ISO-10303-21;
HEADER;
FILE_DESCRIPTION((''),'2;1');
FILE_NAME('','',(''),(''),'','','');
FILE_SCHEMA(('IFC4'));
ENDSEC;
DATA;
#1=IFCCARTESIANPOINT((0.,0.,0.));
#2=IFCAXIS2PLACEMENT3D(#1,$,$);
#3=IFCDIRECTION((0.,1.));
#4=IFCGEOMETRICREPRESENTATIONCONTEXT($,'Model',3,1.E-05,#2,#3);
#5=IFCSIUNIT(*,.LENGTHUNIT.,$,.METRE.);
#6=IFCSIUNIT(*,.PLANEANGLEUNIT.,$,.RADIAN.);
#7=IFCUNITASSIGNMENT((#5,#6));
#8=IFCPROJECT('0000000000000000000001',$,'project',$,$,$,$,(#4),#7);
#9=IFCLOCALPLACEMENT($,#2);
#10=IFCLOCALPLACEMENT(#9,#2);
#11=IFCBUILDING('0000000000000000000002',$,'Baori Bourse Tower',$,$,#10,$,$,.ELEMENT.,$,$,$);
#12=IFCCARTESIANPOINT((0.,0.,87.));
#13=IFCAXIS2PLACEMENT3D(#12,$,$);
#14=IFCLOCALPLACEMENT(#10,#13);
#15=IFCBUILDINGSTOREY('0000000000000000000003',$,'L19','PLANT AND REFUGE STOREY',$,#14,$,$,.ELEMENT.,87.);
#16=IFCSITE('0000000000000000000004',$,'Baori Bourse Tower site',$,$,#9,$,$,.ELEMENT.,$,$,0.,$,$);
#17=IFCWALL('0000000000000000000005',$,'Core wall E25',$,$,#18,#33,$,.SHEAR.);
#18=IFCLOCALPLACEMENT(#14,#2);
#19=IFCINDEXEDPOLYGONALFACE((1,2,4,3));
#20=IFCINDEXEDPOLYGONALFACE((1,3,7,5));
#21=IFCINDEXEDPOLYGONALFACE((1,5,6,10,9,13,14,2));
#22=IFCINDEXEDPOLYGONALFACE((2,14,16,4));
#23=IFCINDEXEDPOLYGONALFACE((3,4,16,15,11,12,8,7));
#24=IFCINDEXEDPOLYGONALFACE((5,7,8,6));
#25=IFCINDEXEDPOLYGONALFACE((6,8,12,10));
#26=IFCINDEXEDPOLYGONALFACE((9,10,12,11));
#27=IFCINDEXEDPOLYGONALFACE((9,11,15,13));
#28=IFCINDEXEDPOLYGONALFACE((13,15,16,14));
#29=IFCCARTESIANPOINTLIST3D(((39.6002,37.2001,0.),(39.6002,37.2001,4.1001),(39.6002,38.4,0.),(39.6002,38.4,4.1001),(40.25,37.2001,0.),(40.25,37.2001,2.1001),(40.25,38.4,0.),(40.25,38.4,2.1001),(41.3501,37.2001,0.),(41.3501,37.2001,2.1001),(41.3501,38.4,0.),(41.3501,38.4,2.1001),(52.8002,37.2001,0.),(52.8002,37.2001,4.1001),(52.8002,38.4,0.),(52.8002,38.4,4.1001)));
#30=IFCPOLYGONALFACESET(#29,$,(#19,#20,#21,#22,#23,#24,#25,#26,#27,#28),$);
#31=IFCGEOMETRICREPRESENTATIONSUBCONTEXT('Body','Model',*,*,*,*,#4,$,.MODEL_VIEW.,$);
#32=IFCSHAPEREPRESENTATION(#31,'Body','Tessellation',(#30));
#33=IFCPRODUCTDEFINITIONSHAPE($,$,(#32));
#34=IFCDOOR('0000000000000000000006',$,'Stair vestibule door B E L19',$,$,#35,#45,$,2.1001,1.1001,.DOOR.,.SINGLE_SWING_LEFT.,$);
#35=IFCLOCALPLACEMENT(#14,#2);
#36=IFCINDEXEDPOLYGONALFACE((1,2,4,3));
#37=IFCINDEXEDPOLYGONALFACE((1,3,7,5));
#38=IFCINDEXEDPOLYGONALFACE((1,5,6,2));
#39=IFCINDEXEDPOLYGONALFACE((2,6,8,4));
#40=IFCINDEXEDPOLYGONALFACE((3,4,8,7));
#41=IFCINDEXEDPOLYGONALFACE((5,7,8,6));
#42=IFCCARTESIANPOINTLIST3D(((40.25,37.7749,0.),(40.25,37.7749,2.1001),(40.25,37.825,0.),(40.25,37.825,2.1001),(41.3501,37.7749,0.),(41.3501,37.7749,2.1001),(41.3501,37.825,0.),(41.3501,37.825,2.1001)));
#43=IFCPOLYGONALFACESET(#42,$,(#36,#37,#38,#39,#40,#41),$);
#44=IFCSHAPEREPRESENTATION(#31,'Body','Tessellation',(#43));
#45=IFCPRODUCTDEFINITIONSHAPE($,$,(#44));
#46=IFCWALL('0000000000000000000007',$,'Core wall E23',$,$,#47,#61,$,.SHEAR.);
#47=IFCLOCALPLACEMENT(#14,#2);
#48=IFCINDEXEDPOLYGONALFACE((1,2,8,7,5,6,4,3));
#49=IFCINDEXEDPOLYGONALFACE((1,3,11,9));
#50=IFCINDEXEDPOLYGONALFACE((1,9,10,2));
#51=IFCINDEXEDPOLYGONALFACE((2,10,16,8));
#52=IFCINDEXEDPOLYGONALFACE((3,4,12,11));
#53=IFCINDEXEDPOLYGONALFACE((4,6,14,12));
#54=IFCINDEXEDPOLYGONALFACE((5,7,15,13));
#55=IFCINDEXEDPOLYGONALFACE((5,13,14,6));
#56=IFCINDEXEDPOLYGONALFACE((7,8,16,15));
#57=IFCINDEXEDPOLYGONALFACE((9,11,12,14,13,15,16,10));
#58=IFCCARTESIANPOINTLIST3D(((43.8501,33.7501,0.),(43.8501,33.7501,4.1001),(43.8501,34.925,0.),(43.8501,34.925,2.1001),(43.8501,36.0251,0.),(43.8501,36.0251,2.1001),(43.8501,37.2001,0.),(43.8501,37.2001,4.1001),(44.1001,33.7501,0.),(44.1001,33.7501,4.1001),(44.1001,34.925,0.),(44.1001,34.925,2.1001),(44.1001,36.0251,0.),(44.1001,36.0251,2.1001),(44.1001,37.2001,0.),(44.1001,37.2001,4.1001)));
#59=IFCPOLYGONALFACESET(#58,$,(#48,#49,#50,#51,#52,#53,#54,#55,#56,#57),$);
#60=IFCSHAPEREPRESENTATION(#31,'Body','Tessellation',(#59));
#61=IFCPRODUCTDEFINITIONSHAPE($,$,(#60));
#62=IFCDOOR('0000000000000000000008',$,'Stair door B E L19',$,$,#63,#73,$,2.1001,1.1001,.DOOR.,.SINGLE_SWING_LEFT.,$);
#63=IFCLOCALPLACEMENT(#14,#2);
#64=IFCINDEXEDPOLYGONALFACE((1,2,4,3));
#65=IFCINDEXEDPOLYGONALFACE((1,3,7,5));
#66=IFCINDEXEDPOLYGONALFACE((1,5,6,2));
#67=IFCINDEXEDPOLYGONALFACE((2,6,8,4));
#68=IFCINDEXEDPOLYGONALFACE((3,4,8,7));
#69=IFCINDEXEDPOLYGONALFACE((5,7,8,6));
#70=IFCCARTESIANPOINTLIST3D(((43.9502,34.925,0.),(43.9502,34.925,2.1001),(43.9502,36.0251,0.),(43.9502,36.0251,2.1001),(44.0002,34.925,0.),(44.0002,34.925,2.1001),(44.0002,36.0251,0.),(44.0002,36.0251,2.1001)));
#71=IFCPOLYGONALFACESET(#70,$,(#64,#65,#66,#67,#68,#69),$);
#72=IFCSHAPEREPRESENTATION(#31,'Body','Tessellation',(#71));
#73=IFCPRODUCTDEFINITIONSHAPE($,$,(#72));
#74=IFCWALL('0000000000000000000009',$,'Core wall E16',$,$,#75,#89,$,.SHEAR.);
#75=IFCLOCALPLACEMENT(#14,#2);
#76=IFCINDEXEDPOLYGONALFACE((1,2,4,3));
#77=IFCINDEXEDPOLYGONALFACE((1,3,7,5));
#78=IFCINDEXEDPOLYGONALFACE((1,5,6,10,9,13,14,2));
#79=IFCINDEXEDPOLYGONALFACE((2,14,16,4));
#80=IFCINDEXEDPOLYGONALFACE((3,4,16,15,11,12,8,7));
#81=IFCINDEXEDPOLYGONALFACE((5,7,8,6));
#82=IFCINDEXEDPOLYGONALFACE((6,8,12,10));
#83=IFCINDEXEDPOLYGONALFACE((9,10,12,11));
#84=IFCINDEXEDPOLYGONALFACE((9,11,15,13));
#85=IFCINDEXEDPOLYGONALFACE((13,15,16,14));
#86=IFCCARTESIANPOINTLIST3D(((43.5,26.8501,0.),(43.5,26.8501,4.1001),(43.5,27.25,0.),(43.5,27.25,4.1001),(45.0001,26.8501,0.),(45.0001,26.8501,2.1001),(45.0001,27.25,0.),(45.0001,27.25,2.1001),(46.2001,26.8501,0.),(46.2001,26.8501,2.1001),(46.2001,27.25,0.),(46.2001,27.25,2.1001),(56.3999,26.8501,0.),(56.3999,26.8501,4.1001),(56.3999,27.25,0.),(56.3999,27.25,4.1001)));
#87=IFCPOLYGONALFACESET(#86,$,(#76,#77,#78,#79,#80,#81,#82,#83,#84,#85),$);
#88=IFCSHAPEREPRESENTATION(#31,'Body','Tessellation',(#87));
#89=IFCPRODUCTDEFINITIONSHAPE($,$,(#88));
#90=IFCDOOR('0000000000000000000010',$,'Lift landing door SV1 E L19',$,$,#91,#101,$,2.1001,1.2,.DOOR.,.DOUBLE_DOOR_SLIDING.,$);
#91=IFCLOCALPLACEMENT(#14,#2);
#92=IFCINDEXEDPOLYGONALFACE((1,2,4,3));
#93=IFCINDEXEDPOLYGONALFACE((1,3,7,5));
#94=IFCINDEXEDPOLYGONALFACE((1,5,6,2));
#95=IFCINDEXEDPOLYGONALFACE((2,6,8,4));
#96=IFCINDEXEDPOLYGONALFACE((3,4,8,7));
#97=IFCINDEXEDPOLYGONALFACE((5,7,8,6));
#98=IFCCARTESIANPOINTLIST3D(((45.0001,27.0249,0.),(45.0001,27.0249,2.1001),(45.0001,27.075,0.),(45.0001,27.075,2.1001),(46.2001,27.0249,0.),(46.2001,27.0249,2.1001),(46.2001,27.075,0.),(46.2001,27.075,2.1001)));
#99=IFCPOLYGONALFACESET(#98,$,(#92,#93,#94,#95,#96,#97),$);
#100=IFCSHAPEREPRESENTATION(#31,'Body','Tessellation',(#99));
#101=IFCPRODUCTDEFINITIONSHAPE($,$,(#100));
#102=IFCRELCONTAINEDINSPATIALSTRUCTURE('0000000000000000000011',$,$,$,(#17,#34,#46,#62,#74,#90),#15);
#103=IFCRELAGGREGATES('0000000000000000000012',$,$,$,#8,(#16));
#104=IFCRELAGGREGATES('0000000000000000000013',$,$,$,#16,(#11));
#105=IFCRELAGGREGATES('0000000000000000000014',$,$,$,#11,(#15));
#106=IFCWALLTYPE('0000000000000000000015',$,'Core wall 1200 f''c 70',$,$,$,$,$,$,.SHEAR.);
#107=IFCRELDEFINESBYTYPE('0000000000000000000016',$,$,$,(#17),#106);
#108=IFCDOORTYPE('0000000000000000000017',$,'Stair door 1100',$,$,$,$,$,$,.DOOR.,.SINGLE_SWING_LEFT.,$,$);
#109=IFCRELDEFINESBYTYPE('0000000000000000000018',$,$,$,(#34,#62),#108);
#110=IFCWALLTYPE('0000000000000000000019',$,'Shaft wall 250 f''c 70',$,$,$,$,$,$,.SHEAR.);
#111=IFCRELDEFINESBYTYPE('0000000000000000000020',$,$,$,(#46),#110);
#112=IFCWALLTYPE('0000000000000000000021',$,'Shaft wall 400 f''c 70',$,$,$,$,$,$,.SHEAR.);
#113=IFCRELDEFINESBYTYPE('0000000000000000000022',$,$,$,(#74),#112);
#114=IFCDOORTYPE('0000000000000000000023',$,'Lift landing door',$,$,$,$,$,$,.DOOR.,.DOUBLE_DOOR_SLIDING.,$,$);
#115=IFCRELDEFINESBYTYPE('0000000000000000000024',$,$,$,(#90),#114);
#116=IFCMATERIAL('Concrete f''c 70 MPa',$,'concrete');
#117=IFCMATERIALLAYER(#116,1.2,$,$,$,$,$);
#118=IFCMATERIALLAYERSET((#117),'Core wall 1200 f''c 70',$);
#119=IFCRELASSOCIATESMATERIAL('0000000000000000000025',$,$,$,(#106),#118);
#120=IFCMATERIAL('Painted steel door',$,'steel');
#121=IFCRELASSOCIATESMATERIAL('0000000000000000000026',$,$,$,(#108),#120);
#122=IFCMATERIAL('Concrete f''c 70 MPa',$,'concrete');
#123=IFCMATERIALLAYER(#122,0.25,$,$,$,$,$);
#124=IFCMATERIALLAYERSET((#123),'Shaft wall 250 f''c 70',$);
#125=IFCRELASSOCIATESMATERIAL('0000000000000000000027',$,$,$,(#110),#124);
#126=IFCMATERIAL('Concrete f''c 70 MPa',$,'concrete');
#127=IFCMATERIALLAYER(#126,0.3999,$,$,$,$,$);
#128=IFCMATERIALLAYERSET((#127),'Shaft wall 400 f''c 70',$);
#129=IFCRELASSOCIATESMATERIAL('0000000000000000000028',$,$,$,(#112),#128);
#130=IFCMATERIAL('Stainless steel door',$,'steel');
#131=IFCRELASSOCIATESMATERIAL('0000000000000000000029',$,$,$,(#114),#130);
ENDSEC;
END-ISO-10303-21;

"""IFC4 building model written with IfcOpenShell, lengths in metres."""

from ifc_helpers import new_model, si_unit, direction, frame, frame_2d, origin, place, context, subcontext, project, spatial, rectangle, extrude, material, layer, layer_set, type_object, element, fill, save


model = new_model("IFC4")

# Units and contexts
model_context = context("Model", 3, precision=1e-05, world=origin(), true_north=direction((0.0, 1.0)))
body_context = subcontext(model_context, "Body", "Model", "MODEL_VIEW")
ifc_project = project(units=[si_unit("LENGTHUNIT", "METRE"), si_unit("PLANEANGLEUNIT", "RADIAN")], contexts=[model_context])

# Site, building, storey
site_placement = place(None, origin())
site = spatial("IfcSite", under=ifc_project, at=site_placement, Name="Baori Bourse Tower site", CompositionType="ELEMENT", RefElevation=0.0)
building_placement = place(site_placement, origin())
building = spatial("IfcBuilding", under=site, at=building_placement, Name="Baori Bourse Tower", CompositionType="ELEMENT")
storey_placement = place(building_placement, frame((0.0, 0.0, 87.0)))
storey = spatial("IfcBuildingStorey", under=building, at=storey_placement, Name="L19", Description="PLANT AND REFUGE STOREY", CompositionType="ELEMENT", Elevation=87.0)

# Shared definitions
ifc_material_1 = material(Name="Concrete f'c 70 MPa", Category="concrete")
ifc_layer_1 = layer(ifc_material_1, 1.2)
ifc_layer_set_1 = layer_set([ifc_layer_1], Name="Core wall 1200 f'c 70")
wall_type_1 = type_object("IfcWallType", Name="Core wall 1200 f'c 70", PredefinedType="SHEAR", material=ifc_layer_set_1)

# Walls, openings, doors
wall_1_placement = place(storey_placement, frame((39.6001, 37.8, 0.0), z_axis=(0.0, 0.0, 1.0), x_axis=(1.0, 0.0, 0.0)))
wall_1 = element("IfcWall", 1, at=wall_1_placement, inside=storey, type_object=wall_type_1, Name="Core wall E25", PredefinedType="SHEAR", context=body_context, shape_type="SweptSolid", body=[
    extrude(rectangle(XDim=13.2, YDim=1.2, at=frame_2d((6.6001, 0.0))), origin(), (0.0, 0.0, 1.0), 4.1001),
])
opening_1_placement = place(wall_1_placement, frame((0.6499, 0.0, 0.0)))
opening_1 = element("IfcOpeningElement", 2, at=opening_1_placement, cuts=wall_1, PredefinedType="OPENING", context=body_context, shape_type="SweptSolid", body=[
    extrude(rectangle(XDim=1.1001, YDim=2.1001, at=frame_2d((0.55, 1.05))), frame((0.0, 0.6099, 0.0), z_axis=(0.0, -1.0, 0.0), x_axis=(1.0, 0.0, 0.0)), (0.0, 0.0, 1.0), 1.22),
])
ifc_material_2 = material(Name="Painted steel door", Category="steel")
door_type_1 = type_object("IfcDoorType", Name="Stair door 1100", OperationType="SINGLE_SWING_LEFT", PredefinedType="DOOR", material=ifc_material_2)
door_1_placement = place(opening_1_placement, origin())
door_1 = element("IfcDoor", 3, at=door_1_placement, inside=storey, type_object=door_type_1, Name="Stair vestibule door B E L19", OperationType="SINGLE_SWING_LEFT", OverallHeight=2.1001, OverallWidth=1.1001, PredefinedType="DOOR", context=body_context, shape_type="SweptSolid", body=[
    extrude(rectangle(XDim=1.1001, YDim=2.1001, at=frame_2d((0.55, 1.05))), frame((0.0, 0.0249, 0.0), z_axis=(0.0, -1.0, 0.0), x_axis=(1.0, 0.0, 0.0)), (0.0, 0.0, 1.0), 0.05),
])
fill(opening_1, door_1)
ifc_material_3 = material(Name="Concrete f'c 70 MPa", Category="concrete")
ifc_layer_2 = layer(ifc_material_3, 0.25)
ifc_layer_set_2 = layer_set([ifc_layer_2], Name="Shaft wall 250 f'c 70")
wall_type_2 = type_object("IfcWallType", Name="Shaft wall 250 f'c 70", PredefinedType="SHEAR", material=ifc_layer_set_2)
wall_2_placement = place(storey_placement, frame((43.9751, 33.75, 0.0), z_axis=(0.0, 0.0, 1.0), x_axis=(0.0, 1.0, 0.0)))
wall_2 = element("IfcWall", 4, at=wall_2_placement, inside=storey, type_object=wall_type_2, Name="Core wall E23", PredefinedType="SHEAR", context=body_context, shape_type="SweptSolid", body=[
    extrude(rectangle(XDim=3.45, YDim=0.25, at=frame_2d((1.7251, 0.0))), origin(), (0.0, 0.0, 1.0), 4.1001),
])
opening_2_placement = place(wall_2_placement, frame((1.175, 0.0, 0.0)))
opening_2 = element("IfcOpeningElement", 5, at=opening_2_placement, cuts=wall_2, PredefinedType="OPENING", context=body_context, shape_type="SweptSolid", body=[
    extrude(rectangle(XDim=1.1001, YDim=2.1001, at=frame_2d((0.55, 1.05))), frame((0.0, 0.135, 0.0), z_axis=(0.0, -1.0, 0.0), x_axis=(1.0, 0.0, 0.0)), (0.0, 0.0, 1.0), 0.27),
])
door_2_placement = place(opening_2_placement, origin())
door_2 = element("IfcDoor", 6, at=door_2_placement, inside=storey, type_object=door_type_1, Name="Stair door B E L19", OperationType="SINGLE_SWING_LEFT", OverallHeight=2.1001, OverallWidth=1.1001, PredefinedType="DOOR", context=body_context, shape_type="SweptSolid", body=[
    extrude(rectangle(XDim=1.1001, YDim=2.1001, at=frame_2d((0.55, 1.05))), frame((0.0, 0.0249, 0.0), z_axis=(0.0, -1.0, 0.0), x_axis=(1.0, 0.0, 0.0)), (0.0, 0.0, 1.0), 0.05),
])
fill(opening_2, door_2)
ifc_material_4 = material(Name="Concrete f'c 70 MPa", Category="concrete")
ifc_layer_3 = layer(ifc_material_4, 0.3999)
ifc_layer_set_3 = layer_set([ifc_layer_3], Name="Shaft wall 400 f'c 70")
wall_type_3 = type_object("IfcWallType", Name="Shaft wall 400 f'c 70", PredefinedType="SHEAR", material=ifc_layer_set_3)
wall_3_placement = place(storey_placement, frame((43.5, 27.05, 0.0), z_axis=(0.0, 0.0, 1.0), x_axis=(1.0, 0.0, 0.0)))
wall_3 = element("IfcWall", 7, at=wall_3_placement, inside=storey, type_object=wall_type_3, Name="Core wall E16", PredefinedType="SHEAR", context=body_context, shape_type="SweptSolid", body=[
    extrude(rectangle(XDim=12.8999, YDim=0.3999, at=frame_2d((6.45, 0.0))), origin(), (0.0, 0.0, 1.0), 4.1001),
])
opening_3_placement = place(wall_3_placement, frame((1.5, 0.0, 0.0)))
opening_3 = element("IfcOpeningElement", 8, at=opening_3_placement, cuts=wall_3, PredefinedType="OPENING", context=body_context, shape_type="SweptSolid", body=[
    extrude(rectangle(XDim=1.2, YDim=2.1001, at=frame_2d((0.6001, 1.05))), frame((0.0, 0.21, 0.0), z_axis=(0.0, -1.0, 0.0), x_axis=(1.0, 0.0, 0.0)), (0.0, 0.0, 1.0), 0.4199),
])
ifc_material_5 = material(Name="Stainless steel door", Category="steel")
door_type_2 = type_object("IfcDoorType", Name="Lift landing door", OperationType="DOUBLE_DOOR_SLIDING", PredefinedType="DOOR", material=ifc_material_5)
door_3_placement = place(opening_3_placement, origin())
door_3 = element("IfcDoor", 9, at=door_3_placement, inside=storey, type_object=door_type_2, Name="Lift landing door SV1 E L19", OperationType="DOUBLE_DOOR_SLIDING", OverallHeight=2.1001, OverallWidth=1.2, PredefinedType="DOOR", context=body_context, shape_type="SweptSolid", body=[
    extrude(rectangle(XDim=1.2, YDim=2.1001, at=frame_2d((0.6001, 1.05))), frame((0.0, 0.0249, 0.0), z_axis=(0.0, -1.0, 0.0), x_axis=(1.0, 0.0, 0.0)), (0.0, 0.0, 1.0), 0.05),
])
fill(opening_3, door_3)

save(model, "model.ifc")
